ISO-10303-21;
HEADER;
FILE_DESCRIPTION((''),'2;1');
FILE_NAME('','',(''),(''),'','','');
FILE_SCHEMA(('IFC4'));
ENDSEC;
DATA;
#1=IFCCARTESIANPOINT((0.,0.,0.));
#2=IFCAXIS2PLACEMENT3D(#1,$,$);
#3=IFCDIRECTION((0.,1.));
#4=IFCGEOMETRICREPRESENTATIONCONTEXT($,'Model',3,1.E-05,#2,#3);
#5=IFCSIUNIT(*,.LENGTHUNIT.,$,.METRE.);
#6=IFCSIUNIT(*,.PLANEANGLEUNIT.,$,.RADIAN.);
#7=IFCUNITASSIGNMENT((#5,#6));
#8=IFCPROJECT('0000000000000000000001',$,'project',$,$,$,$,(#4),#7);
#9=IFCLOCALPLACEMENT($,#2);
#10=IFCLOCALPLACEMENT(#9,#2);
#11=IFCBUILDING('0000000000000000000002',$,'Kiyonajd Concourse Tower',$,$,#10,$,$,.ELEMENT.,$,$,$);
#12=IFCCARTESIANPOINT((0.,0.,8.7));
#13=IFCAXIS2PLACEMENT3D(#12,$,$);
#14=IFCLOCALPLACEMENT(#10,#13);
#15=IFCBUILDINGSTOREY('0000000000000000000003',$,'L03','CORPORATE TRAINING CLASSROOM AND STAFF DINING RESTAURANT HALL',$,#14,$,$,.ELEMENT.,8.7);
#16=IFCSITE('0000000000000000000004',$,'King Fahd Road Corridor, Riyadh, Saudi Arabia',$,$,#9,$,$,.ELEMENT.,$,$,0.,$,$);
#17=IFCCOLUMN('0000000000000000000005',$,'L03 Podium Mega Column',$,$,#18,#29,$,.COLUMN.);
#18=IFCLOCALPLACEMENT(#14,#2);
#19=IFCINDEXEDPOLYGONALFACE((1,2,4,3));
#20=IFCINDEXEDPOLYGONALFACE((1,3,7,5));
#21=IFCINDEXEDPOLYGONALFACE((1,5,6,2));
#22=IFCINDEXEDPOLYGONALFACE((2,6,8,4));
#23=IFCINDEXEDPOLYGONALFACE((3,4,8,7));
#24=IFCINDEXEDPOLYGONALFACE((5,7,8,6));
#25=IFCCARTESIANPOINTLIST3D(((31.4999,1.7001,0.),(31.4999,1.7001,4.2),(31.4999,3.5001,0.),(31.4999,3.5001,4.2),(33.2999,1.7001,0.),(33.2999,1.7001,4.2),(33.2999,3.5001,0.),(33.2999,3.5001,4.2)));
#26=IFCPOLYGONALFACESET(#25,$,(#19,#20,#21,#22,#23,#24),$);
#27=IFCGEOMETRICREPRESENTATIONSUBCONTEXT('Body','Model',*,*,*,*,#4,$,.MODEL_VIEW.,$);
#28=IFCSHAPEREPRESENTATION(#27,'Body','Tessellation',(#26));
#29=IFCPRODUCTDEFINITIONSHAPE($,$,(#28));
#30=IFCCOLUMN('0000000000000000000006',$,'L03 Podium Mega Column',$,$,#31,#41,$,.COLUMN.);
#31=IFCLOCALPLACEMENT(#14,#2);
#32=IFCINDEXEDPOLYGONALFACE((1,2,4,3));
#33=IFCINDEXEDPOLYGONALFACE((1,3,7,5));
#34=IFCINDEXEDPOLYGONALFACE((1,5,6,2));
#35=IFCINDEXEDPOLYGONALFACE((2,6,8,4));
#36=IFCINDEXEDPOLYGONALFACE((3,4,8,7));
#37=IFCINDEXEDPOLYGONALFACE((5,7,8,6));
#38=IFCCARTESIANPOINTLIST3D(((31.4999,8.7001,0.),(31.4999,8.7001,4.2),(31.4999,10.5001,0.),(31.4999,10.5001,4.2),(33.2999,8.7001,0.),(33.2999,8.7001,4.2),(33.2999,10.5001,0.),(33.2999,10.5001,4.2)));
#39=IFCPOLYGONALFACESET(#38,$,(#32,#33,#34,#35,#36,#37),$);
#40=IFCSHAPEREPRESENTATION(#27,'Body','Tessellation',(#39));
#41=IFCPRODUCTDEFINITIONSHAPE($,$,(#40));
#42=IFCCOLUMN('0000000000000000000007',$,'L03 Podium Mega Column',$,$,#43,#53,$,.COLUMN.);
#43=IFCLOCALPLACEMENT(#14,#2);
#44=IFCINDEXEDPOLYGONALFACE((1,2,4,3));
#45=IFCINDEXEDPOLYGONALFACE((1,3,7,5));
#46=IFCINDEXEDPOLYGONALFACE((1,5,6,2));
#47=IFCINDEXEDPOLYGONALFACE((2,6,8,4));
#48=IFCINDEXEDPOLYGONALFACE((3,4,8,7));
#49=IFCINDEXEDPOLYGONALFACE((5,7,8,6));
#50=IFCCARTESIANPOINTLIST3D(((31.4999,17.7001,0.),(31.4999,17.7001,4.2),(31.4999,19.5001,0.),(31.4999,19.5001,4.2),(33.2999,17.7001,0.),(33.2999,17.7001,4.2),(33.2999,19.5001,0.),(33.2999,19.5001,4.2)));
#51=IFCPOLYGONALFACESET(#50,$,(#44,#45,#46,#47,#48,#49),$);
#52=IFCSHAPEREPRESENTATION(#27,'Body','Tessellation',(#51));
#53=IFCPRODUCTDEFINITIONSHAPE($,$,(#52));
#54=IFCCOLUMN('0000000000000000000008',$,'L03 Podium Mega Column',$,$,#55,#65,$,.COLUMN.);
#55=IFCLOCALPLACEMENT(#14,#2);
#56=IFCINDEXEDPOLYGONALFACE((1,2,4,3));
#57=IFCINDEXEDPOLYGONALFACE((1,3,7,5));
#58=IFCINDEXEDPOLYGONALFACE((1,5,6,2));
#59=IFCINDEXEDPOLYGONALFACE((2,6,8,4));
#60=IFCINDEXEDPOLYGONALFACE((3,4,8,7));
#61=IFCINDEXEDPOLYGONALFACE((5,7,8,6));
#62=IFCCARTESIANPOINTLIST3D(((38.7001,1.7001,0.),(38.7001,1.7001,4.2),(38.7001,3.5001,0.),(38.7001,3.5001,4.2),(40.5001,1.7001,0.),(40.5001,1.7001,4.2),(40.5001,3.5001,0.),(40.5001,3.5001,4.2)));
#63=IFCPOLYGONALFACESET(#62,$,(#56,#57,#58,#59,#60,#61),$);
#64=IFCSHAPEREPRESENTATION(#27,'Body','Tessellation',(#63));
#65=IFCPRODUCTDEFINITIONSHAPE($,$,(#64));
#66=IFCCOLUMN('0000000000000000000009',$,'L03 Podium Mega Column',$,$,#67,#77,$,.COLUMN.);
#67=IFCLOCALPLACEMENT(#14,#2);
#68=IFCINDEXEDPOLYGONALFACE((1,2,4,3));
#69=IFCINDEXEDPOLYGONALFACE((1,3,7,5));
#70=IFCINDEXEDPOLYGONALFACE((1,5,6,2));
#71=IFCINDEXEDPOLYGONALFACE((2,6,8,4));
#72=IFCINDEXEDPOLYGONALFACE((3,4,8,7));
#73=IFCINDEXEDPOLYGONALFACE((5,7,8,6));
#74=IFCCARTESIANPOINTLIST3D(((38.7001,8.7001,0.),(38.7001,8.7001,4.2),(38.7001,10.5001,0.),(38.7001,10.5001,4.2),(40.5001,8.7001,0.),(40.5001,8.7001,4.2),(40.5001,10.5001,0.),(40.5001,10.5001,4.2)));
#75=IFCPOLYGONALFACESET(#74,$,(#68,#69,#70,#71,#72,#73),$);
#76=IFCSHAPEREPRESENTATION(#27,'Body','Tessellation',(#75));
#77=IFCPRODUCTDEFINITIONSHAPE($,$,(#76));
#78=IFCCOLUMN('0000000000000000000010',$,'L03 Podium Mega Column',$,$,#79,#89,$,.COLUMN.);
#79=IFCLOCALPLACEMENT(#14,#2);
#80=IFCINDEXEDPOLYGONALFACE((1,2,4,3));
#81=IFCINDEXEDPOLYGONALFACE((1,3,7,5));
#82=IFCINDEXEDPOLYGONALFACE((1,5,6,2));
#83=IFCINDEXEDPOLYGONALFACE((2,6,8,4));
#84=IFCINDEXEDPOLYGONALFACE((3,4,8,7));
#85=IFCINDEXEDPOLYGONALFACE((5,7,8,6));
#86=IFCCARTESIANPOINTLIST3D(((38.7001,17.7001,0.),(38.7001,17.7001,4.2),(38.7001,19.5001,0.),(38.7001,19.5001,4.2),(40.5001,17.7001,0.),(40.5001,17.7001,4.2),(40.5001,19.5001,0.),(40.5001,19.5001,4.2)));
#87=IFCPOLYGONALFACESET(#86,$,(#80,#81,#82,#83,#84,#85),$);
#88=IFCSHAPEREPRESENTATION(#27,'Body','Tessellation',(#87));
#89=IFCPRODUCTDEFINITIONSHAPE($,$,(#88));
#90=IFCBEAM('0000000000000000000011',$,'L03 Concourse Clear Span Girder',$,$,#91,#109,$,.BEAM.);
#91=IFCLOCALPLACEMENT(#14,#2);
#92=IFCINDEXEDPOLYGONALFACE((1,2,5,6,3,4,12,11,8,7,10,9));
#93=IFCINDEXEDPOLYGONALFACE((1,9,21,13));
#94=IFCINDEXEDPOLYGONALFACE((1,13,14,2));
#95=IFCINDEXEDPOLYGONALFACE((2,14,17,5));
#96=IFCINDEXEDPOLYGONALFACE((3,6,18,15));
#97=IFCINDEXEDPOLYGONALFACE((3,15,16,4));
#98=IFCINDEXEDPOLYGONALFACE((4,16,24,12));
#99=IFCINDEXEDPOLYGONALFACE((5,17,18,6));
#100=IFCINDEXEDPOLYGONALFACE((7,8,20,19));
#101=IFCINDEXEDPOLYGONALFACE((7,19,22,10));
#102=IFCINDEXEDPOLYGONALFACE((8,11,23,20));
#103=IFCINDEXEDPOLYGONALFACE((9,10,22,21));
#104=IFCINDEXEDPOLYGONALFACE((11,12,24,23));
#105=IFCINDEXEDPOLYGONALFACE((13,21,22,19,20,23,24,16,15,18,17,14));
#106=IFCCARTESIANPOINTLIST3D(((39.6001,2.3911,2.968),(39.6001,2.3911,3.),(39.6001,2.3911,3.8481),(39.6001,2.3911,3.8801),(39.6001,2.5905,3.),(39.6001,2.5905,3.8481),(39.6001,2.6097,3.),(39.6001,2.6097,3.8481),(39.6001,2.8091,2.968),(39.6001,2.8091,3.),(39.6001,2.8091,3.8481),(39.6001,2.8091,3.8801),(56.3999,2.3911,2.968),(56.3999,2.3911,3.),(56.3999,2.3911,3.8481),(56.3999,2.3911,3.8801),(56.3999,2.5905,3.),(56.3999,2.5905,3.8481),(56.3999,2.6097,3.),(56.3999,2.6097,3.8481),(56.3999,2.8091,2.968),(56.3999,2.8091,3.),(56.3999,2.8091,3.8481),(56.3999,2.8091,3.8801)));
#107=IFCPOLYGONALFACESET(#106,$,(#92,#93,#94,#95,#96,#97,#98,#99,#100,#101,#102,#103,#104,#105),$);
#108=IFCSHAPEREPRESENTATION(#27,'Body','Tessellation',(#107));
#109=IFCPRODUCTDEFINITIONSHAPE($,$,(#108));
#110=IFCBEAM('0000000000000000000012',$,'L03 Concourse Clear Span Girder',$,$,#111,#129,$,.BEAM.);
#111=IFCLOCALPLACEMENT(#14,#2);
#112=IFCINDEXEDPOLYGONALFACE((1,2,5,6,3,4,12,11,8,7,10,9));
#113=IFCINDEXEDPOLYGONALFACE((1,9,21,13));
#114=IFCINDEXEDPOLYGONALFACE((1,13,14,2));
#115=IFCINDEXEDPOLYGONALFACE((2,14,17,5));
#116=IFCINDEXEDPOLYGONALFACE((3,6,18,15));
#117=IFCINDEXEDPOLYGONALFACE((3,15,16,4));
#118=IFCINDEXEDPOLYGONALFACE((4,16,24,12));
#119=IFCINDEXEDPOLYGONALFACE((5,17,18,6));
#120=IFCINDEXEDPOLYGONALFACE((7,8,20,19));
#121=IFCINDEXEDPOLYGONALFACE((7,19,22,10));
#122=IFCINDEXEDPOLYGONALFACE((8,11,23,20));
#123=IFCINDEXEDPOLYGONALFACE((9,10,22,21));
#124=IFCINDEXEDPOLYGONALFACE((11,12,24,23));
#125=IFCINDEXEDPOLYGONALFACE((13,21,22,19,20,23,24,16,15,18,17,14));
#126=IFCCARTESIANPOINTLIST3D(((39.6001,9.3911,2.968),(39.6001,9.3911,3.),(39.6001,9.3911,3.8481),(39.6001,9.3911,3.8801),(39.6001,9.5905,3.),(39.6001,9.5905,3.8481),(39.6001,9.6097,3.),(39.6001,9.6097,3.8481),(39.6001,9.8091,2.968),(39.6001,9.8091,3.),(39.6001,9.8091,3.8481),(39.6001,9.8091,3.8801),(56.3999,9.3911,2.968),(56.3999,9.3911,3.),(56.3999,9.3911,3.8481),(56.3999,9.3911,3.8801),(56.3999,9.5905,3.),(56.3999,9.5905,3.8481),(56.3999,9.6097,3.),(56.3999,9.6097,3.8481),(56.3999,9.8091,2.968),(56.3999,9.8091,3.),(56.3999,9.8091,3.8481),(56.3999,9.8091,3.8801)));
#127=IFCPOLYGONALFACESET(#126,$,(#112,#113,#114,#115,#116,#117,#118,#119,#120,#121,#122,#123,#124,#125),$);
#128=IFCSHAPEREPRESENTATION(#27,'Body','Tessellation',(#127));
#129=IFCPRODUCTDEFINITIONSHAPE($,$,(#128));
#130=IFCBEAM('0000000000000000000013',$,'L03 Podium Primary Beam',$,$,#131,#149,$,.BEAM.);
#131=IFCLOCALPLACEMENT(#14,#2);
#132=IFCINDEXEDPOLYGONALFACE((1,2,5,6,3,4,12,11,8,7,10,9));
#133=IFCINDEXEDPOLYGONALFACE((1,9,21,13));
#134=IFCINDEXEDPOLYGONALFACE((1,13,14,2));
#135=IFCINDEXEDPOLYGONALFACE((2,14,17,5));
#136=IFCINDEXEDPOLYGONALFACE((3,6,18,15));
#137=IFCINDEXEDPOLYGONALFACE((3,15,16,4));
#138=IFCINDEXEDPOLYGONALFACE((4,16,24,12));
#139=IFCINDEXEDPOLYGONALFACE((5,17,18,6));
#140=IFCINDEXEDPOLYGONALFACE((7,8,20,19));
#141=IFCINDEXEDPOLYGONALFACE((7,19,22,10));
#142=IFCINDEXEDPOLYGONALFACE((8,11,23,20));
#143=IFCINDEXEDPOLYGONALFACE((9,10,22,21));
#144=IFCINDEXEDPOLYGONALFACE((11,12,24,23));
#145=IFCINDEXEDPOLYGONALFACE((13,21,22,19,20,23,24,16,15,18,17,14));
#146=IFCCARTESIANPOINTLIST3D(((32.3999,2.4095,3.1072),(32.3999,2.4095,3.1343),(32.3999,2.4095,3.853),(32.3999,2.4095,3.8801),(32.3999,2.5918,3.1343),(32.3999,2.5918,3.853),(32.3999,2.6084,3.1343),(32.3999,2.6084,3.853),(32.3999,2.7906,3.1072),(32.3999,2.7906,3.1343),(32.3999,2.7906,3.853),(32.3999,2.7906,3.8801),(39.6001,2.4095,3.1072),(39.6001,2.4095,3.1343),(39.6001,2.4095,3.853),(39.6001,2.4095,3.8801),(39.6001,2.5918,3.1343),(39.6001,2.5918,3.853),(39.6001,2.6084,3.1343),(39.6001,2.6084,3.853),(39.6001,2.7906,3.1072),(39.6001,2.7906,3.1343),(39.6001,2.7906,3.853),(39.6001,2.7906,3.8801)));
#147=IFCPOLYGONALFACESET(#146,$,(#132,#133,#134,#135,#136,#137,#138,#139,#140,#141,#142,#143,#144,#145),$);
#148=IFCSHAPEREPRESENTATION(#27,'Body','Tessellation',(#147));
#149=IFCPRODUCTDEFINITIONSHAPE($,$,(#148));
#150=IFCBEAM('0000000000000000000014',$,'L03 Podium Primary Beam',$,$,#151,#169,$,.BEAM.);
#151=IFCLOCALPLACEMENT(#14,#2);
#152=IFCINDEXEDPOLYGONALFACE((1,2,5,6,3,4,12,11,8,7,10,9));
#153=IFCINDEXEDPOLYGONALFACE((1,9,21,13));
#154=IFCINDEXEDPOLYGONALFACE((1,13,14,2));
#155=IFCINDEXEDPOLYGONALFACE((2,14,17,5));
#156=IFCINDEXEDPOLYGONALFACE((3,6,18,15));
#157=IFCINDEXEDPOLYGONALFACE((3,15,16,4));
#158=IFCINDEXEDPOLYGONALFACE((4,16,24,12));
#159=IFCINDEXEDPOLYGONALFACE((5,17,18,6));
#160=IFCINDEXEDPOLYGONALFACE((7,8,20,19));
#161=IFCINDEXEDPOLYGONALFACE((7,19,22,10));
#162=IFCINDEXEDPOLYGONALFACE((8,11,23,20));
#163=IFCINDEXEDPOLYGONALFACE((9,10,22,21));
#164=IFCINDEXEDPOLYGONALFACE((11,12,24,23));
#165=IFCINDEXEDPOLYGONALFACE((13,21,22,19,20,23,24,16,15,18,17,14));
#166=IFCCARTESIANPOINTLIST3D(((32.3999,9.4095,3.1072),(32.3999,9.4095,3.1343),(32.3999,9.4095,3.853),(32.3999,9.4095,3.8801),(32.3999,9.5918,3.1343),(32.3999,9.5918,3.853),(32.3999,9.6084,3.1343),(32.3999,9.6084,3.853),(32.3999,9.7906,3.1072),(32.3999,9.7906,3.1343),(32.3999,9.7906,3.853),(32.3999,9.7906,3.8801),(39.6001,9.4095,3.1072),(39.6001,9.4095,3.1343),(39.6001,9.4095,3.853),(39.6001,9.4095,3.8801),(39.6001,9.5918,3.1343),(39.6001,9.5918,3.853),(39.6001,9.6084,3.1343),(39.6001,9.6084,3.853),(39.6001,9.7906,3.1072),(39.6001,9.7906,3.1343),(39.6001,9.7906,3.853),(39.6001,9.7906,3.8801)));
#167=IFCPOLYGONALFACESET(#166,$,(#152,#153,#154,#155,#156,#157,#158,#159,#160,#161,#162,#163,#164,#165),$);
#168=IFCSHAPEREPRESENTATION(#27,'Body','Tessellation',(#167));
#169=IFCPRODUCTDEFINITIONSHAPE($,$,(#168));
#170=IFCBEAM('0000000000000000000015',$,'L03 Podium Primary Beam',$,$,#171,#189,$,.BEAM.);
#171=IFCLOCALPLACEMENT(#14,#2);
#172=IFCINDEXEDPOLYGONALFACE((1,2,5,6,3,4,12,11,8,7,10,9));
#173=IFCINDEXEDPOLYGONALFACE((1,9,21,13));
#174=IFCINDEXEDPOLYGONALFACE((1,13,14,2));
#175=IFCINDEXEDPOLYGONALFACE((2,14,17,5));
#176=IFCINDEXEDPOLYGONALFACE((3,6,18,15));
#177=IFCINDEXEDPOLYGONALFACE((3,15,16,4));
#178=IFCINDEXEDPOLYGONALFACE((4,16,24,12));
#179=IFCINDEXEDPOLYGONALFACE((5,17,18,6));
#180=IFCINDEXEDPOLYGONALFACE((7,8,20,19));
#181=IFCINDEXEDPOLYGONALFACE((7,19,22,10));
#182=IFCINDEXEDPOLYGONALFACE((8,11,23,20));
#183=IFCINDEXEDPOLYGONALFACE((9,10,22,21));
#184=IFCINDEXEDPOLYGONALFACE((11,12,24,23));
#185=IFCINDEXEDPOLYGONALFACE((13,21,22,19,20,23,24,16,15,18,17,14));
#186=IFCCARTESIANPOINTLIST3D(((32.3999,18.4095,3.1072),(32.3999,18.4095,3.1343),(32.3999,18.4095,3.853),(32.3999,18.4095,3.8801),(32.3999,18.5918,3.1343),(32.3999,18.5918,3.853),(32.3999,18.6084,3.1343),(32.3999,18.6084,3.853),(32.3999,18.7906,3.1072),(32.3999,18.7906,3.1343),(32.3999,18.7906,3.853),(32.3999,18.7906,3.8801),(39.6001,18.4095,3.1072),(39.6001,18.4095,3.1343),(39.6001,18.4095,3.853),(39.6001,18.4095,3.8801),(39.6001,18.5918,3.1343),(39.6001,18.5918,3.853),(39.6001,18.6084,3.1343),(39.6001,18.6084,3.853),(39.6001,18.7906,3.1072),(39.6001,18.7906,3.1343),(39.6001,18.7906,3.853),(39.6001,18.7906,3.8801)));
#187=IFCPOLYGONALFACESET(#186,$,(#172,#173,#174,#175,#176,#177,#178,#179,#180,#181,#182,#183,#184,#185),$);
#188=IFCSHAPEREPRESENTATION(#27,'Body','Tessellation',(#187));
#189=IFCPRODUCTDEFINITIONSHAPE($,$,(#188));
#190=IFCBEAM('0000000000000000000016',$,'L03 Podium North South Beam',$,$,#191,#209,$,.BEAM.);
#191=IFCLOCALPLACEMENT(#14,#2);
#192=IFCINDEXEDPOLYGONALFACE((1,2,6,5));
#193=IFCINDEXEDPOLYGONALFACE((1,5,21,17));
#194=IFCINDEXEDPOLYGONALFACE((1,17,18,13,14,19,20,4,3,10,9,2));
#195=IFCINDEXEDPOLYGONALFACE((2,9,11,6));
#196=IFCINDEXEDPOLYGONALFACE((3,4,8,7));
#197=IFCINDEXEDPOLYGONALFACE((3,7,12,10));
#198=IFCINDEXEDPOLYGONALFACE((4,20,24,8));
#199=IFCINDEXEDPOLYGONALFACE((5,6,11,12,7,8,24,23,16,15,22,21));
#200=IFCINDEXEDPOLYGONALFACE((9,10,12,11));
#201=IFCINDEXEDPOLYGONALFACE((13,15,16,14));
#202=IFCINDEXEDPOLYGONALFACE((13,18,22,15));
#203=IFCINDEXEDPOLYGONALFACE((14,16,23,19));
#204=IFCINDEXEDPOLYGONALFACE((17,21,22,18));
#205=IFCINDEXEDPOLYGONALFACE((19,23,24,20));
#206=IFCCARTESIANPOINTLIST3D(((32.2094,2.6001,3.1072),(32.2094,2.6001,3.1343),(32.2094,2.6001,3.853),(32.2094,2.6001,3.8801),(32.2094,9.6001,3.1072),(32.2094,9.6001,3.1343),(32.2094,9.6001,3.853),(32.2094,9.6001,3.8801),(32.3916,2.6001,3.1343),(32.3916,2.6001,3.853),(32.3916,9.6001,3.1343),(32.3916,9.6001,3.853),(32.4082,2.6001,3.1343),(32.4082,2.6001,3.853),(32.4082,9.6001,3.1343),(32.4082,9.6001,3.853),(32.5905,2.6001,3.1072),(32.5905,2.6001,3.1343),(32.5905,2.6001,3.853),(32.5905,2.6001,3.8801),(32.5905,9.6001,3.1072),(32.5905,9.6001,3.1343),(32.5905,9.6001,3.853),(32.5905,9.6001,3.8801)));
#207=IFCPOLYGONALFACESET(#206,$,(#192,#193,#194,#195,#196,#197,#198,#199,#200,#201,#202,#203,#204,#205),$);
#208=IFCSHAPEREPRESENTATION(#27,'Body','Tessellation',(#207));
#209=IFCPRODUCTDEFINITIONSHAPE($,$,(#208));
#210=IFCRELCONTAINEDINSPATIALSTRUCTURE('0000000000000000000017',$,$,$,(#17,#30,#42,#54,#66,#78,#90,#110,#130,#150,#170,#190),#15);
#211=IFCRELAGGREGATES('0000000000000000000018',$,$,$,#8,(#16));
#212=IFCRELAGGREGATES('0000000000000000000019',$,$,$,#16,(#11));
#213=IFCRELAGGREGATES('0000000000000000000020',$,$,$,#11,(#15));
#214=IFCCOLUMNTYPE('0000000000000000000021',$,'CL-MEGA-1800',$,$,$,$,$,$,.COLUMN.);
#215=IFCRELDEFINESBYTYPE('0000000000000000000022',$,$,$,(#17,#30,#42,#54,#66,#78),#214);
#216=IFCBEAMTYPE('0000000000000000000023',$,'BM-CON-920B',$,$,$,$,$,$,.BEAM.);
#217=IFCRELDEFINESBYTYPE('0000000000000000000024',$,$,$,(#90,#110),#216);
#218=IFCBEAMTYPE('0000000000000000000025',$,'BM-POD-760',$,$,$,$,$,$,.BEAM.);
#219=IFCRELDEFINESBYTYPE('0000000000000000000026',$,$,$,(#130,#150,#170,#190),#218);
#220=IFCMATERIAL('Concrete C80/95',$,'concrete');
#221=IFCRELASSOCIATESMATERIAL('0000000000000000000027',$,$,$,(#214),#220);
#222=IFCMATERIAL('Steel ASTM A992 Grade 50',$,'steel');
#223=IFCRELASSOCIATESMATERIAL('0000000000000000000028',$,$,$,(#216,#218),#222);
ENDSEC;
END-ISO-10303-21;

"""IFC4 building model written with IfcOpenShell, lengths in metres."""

from ifc_helpers import new_model, si_unit, direction, frame, origin, origin_2d, place, context, subcontext, project, spatial, rectangle, i_section, extrude, material, material_profile, profile_set, type_object, element, save


model = new_model("IFC4")

# Units and contexts
model_context = context("Model", 3, precision=1e-05, world=origin(), true_north=direction((0.0, 1.0)))
body_context = subcontext(model_context, "Body", "Model", "MODEL_VIEW")
ifc_project = project(units=[si_unit("LENGTHUNIT", "METRE"), si_unit("PLANEANGLEUNIT", "RADIAN")], contexts=[model_context])

# Site, building, storey
site_placement = place(None, origin())
site = spatial("IfcSite", under=ifc_project, at=site_placement, Name="King Fahd Road Corridor, Riyadh, Saudi Arabia", CompositionType="ELEMENT", RefElevation=0.0)
building_placement = place(site_placement, origin())
building = spatial("IfcBuilding", under=site, at=building_placement, Name="Kiyonajd Concourse Tower", CompositionType="ELEMENT")
storey_placement = place(building_placement, frame((0.0, 0.0, 8.7)))
storey = spatial("IfcBuildingStorey", under=building, at=storey_placement, Name="L03", Description="CORPORATE TRAINING CLASSROOM AND STAFF DINING RESTAURANT HALL", CompositionType="ELEMENT", Elevation=8.7)

# Columns
ifc_material_1 = material(Name="Concrete C80/95", Category="concrete")
ifc_material_profile_1 = material_profile(ifc_material_1, rectangle(XDim=1.8, YDim=1.8, at=origin_2d()), Name="RC-1800x1800")
ifc_profile_set_1 = profile_set([ifc_material_profile_1], Name="Concrete C80/95")
column_type = type_object("IfcColumnType", Name="CL-MEGA-1800", PredefinedType="COLUMN", material=ifc_profile_set_1)
for number, where, z_axis, x_axis, name in (
    (1, (32.3999, 2.6001, 0.0), (0.0, 0.0, 1.0), (1.0, 0.0, 0.0), "L03 Podium Mega Column"),
    (2, (32.3999, 9.6001, 0.0), (0.0, 0.0, 1.0), (1.0, 0.0, 0.0), "L03 Podium Mega Column"),
    (3, (32.3999, 18.6001, 0.0), (0.0, 0.0, 1.0), (1.0, 0.0, 0.0), "L03 Podium Mega Column"),
    (4, (39.6001, 2.6001, 0.0), (0.0, 0.0, 1.0), (1.0, 0.0, 0.0), "L03 Podium Mega Column"),
    (5, (39.6001, 9.6001, 0.0), (0.0, 0.0, 1.0), (1.0, 0.0, 0.0), "L03 Podium Mega Column"),
    (6, (39.6001, 18.6001, 0.0), (0.0, 0.0, 1.0), (1.0, 0.0, 0.0), "L03 Podium Mega Column"),
):
    element("IfcColumn", number, at=place(storey_placement, frame(where, z_axis=z_axis, x_axis=x_axis)), inside=storey, type_object=column_type, Name=name, PredefinedType="COLUMN", context=body_context, shape_type="SweptSolid", body=[
        extrude(rectangle(XDim=1.8, YDim=1.8, at=origin_2d()), origin(), (0.0, 0.0, 1.0), 4.2),
    ])

# Beams
ifc_material_2 = material(Name="Steel ASTM A992 Grade 50", Category="steel")
ifc_material_profile_2 = material_profile(ifc_material_2, i_section(OverallWidth=0.418, OverallDepth=0.9121, WebThickness=0.0193, FlangeThickness=0.032, at=origin_2d()), Name="W920X342")
ifc_profile_set_2 = profile_set([ifc_material_profile_2], Name="Steel ASTM A992 Grade 50")
beam_type_1 = type_object("IfcBeamType", Name="BM-CON-920B", PredefinedType="BEAM", material=ifc_profile_set_2)
for number, where, z_axis, x_axis, name in (
    (7, (39.6001, 2.6001, 3.4241), (1.0, 0.0, 0.0), (0.0, 1.0, 0.0), "L03 Concourse Clear Span Girder"),
    (8, (39.6001, 9.6001, 3.4241), (1.0, 0.0, 0.0), (0.0, 1.0, 0.0), "L03 Concourse Clear Span Girder"),
):
    element("IfcBeam", number, at=place(storey_placement, frame(where, z_axis=z_axis, x_axis=x_axis)), inside=storey, type_object=beam_type_1, Name=name, PredefinedType="BEAM", context=body_context, shape_type="SweptSolid", body=[
        extrude(i_section(OverallWidth=0.418, OverallDepth=0.9121, WebThickness=0.0193, FlangeThickness=0.032, at=origin_2d()), origin(), (0.0, 0.0, 1.0), 16.7998),
    ])
ifc_material_profile_3 = material_profile(ifc_material_2, i_section(OverallWidth=0.3811, OverallDepth=0.7729, WebThickness=0.0166, FlangeThickness=0.0271, at=origin_2d()), Name="W760X257")
ifc_profile_set_3 = profile_set([ifc_material_profile_3], Name="Steel ASTM A992 Grade 50")
beam_type_2 = type_object("IfcBeamType", Name="BM-POD-760", PredefinedType="BEAM", material=ifc_profile_set_3)
for number, where, z_axis, x_axis, name in (
    (9, (32.3999, 2.6001, 3.4937), (1.0, 0.0, 0.0), (0.0, 1.0, 0.0), "L03 Podium Primary Beam"),
    (10, (32.3999, 9.6001, 3.4937), (1.0, 0.0, 0.0), (0.0, 1.0, 0.0), "L03 Podium Primary Beam"),
    (11, (32.3999, 18.6001, 3.4937), (1.0, 0.0, 0.0), (0.0, 1.0, 0.0), "L03 Podium Primary Beam"),
):
    element("IfcBeam", number, at=place(storey_placement, frame(where, z_axis=z_axis, x_axis=x_axis)), inside=storey, type_object=beam_type_2, Name=name, PredefinedType="BEAM", context=body_context, shape_type="SweptSolid", body=[
        extrude(i_section(OverallWidth=0.3811, OverallDepth=0.7729, WebThickness=0.0166, FlangeThickness=0.0271, at=origin_2d()), origin(), (0.0, 0.0, 1.0), 7.2002),
    ])
beam_1_placement = place(storey_placement, frame((32.3999, 2.6001, 3.4937), z_axis=(0.0, 1.0, 0.0), x_axis=(-1.0, 0.0, 0.0)))
element("IfcBeam", 12, at=beam_1_placement, inside=storey, type_object=beam_type_2, Name="L03 Podium North South Beam", PredefinedType="BEAM", context=body_context, shape_type="SweptSolid", body=[
    extrude(i_section(OverallWidth=0.3811, OverallDepth=0.7729, WebThickness=0.0166, FlangeThickness=0.0271, at=origin_2d()), origin(), (0.0, 0.0, 1.0), 7.0),
])

save(model, "model.ifc")
